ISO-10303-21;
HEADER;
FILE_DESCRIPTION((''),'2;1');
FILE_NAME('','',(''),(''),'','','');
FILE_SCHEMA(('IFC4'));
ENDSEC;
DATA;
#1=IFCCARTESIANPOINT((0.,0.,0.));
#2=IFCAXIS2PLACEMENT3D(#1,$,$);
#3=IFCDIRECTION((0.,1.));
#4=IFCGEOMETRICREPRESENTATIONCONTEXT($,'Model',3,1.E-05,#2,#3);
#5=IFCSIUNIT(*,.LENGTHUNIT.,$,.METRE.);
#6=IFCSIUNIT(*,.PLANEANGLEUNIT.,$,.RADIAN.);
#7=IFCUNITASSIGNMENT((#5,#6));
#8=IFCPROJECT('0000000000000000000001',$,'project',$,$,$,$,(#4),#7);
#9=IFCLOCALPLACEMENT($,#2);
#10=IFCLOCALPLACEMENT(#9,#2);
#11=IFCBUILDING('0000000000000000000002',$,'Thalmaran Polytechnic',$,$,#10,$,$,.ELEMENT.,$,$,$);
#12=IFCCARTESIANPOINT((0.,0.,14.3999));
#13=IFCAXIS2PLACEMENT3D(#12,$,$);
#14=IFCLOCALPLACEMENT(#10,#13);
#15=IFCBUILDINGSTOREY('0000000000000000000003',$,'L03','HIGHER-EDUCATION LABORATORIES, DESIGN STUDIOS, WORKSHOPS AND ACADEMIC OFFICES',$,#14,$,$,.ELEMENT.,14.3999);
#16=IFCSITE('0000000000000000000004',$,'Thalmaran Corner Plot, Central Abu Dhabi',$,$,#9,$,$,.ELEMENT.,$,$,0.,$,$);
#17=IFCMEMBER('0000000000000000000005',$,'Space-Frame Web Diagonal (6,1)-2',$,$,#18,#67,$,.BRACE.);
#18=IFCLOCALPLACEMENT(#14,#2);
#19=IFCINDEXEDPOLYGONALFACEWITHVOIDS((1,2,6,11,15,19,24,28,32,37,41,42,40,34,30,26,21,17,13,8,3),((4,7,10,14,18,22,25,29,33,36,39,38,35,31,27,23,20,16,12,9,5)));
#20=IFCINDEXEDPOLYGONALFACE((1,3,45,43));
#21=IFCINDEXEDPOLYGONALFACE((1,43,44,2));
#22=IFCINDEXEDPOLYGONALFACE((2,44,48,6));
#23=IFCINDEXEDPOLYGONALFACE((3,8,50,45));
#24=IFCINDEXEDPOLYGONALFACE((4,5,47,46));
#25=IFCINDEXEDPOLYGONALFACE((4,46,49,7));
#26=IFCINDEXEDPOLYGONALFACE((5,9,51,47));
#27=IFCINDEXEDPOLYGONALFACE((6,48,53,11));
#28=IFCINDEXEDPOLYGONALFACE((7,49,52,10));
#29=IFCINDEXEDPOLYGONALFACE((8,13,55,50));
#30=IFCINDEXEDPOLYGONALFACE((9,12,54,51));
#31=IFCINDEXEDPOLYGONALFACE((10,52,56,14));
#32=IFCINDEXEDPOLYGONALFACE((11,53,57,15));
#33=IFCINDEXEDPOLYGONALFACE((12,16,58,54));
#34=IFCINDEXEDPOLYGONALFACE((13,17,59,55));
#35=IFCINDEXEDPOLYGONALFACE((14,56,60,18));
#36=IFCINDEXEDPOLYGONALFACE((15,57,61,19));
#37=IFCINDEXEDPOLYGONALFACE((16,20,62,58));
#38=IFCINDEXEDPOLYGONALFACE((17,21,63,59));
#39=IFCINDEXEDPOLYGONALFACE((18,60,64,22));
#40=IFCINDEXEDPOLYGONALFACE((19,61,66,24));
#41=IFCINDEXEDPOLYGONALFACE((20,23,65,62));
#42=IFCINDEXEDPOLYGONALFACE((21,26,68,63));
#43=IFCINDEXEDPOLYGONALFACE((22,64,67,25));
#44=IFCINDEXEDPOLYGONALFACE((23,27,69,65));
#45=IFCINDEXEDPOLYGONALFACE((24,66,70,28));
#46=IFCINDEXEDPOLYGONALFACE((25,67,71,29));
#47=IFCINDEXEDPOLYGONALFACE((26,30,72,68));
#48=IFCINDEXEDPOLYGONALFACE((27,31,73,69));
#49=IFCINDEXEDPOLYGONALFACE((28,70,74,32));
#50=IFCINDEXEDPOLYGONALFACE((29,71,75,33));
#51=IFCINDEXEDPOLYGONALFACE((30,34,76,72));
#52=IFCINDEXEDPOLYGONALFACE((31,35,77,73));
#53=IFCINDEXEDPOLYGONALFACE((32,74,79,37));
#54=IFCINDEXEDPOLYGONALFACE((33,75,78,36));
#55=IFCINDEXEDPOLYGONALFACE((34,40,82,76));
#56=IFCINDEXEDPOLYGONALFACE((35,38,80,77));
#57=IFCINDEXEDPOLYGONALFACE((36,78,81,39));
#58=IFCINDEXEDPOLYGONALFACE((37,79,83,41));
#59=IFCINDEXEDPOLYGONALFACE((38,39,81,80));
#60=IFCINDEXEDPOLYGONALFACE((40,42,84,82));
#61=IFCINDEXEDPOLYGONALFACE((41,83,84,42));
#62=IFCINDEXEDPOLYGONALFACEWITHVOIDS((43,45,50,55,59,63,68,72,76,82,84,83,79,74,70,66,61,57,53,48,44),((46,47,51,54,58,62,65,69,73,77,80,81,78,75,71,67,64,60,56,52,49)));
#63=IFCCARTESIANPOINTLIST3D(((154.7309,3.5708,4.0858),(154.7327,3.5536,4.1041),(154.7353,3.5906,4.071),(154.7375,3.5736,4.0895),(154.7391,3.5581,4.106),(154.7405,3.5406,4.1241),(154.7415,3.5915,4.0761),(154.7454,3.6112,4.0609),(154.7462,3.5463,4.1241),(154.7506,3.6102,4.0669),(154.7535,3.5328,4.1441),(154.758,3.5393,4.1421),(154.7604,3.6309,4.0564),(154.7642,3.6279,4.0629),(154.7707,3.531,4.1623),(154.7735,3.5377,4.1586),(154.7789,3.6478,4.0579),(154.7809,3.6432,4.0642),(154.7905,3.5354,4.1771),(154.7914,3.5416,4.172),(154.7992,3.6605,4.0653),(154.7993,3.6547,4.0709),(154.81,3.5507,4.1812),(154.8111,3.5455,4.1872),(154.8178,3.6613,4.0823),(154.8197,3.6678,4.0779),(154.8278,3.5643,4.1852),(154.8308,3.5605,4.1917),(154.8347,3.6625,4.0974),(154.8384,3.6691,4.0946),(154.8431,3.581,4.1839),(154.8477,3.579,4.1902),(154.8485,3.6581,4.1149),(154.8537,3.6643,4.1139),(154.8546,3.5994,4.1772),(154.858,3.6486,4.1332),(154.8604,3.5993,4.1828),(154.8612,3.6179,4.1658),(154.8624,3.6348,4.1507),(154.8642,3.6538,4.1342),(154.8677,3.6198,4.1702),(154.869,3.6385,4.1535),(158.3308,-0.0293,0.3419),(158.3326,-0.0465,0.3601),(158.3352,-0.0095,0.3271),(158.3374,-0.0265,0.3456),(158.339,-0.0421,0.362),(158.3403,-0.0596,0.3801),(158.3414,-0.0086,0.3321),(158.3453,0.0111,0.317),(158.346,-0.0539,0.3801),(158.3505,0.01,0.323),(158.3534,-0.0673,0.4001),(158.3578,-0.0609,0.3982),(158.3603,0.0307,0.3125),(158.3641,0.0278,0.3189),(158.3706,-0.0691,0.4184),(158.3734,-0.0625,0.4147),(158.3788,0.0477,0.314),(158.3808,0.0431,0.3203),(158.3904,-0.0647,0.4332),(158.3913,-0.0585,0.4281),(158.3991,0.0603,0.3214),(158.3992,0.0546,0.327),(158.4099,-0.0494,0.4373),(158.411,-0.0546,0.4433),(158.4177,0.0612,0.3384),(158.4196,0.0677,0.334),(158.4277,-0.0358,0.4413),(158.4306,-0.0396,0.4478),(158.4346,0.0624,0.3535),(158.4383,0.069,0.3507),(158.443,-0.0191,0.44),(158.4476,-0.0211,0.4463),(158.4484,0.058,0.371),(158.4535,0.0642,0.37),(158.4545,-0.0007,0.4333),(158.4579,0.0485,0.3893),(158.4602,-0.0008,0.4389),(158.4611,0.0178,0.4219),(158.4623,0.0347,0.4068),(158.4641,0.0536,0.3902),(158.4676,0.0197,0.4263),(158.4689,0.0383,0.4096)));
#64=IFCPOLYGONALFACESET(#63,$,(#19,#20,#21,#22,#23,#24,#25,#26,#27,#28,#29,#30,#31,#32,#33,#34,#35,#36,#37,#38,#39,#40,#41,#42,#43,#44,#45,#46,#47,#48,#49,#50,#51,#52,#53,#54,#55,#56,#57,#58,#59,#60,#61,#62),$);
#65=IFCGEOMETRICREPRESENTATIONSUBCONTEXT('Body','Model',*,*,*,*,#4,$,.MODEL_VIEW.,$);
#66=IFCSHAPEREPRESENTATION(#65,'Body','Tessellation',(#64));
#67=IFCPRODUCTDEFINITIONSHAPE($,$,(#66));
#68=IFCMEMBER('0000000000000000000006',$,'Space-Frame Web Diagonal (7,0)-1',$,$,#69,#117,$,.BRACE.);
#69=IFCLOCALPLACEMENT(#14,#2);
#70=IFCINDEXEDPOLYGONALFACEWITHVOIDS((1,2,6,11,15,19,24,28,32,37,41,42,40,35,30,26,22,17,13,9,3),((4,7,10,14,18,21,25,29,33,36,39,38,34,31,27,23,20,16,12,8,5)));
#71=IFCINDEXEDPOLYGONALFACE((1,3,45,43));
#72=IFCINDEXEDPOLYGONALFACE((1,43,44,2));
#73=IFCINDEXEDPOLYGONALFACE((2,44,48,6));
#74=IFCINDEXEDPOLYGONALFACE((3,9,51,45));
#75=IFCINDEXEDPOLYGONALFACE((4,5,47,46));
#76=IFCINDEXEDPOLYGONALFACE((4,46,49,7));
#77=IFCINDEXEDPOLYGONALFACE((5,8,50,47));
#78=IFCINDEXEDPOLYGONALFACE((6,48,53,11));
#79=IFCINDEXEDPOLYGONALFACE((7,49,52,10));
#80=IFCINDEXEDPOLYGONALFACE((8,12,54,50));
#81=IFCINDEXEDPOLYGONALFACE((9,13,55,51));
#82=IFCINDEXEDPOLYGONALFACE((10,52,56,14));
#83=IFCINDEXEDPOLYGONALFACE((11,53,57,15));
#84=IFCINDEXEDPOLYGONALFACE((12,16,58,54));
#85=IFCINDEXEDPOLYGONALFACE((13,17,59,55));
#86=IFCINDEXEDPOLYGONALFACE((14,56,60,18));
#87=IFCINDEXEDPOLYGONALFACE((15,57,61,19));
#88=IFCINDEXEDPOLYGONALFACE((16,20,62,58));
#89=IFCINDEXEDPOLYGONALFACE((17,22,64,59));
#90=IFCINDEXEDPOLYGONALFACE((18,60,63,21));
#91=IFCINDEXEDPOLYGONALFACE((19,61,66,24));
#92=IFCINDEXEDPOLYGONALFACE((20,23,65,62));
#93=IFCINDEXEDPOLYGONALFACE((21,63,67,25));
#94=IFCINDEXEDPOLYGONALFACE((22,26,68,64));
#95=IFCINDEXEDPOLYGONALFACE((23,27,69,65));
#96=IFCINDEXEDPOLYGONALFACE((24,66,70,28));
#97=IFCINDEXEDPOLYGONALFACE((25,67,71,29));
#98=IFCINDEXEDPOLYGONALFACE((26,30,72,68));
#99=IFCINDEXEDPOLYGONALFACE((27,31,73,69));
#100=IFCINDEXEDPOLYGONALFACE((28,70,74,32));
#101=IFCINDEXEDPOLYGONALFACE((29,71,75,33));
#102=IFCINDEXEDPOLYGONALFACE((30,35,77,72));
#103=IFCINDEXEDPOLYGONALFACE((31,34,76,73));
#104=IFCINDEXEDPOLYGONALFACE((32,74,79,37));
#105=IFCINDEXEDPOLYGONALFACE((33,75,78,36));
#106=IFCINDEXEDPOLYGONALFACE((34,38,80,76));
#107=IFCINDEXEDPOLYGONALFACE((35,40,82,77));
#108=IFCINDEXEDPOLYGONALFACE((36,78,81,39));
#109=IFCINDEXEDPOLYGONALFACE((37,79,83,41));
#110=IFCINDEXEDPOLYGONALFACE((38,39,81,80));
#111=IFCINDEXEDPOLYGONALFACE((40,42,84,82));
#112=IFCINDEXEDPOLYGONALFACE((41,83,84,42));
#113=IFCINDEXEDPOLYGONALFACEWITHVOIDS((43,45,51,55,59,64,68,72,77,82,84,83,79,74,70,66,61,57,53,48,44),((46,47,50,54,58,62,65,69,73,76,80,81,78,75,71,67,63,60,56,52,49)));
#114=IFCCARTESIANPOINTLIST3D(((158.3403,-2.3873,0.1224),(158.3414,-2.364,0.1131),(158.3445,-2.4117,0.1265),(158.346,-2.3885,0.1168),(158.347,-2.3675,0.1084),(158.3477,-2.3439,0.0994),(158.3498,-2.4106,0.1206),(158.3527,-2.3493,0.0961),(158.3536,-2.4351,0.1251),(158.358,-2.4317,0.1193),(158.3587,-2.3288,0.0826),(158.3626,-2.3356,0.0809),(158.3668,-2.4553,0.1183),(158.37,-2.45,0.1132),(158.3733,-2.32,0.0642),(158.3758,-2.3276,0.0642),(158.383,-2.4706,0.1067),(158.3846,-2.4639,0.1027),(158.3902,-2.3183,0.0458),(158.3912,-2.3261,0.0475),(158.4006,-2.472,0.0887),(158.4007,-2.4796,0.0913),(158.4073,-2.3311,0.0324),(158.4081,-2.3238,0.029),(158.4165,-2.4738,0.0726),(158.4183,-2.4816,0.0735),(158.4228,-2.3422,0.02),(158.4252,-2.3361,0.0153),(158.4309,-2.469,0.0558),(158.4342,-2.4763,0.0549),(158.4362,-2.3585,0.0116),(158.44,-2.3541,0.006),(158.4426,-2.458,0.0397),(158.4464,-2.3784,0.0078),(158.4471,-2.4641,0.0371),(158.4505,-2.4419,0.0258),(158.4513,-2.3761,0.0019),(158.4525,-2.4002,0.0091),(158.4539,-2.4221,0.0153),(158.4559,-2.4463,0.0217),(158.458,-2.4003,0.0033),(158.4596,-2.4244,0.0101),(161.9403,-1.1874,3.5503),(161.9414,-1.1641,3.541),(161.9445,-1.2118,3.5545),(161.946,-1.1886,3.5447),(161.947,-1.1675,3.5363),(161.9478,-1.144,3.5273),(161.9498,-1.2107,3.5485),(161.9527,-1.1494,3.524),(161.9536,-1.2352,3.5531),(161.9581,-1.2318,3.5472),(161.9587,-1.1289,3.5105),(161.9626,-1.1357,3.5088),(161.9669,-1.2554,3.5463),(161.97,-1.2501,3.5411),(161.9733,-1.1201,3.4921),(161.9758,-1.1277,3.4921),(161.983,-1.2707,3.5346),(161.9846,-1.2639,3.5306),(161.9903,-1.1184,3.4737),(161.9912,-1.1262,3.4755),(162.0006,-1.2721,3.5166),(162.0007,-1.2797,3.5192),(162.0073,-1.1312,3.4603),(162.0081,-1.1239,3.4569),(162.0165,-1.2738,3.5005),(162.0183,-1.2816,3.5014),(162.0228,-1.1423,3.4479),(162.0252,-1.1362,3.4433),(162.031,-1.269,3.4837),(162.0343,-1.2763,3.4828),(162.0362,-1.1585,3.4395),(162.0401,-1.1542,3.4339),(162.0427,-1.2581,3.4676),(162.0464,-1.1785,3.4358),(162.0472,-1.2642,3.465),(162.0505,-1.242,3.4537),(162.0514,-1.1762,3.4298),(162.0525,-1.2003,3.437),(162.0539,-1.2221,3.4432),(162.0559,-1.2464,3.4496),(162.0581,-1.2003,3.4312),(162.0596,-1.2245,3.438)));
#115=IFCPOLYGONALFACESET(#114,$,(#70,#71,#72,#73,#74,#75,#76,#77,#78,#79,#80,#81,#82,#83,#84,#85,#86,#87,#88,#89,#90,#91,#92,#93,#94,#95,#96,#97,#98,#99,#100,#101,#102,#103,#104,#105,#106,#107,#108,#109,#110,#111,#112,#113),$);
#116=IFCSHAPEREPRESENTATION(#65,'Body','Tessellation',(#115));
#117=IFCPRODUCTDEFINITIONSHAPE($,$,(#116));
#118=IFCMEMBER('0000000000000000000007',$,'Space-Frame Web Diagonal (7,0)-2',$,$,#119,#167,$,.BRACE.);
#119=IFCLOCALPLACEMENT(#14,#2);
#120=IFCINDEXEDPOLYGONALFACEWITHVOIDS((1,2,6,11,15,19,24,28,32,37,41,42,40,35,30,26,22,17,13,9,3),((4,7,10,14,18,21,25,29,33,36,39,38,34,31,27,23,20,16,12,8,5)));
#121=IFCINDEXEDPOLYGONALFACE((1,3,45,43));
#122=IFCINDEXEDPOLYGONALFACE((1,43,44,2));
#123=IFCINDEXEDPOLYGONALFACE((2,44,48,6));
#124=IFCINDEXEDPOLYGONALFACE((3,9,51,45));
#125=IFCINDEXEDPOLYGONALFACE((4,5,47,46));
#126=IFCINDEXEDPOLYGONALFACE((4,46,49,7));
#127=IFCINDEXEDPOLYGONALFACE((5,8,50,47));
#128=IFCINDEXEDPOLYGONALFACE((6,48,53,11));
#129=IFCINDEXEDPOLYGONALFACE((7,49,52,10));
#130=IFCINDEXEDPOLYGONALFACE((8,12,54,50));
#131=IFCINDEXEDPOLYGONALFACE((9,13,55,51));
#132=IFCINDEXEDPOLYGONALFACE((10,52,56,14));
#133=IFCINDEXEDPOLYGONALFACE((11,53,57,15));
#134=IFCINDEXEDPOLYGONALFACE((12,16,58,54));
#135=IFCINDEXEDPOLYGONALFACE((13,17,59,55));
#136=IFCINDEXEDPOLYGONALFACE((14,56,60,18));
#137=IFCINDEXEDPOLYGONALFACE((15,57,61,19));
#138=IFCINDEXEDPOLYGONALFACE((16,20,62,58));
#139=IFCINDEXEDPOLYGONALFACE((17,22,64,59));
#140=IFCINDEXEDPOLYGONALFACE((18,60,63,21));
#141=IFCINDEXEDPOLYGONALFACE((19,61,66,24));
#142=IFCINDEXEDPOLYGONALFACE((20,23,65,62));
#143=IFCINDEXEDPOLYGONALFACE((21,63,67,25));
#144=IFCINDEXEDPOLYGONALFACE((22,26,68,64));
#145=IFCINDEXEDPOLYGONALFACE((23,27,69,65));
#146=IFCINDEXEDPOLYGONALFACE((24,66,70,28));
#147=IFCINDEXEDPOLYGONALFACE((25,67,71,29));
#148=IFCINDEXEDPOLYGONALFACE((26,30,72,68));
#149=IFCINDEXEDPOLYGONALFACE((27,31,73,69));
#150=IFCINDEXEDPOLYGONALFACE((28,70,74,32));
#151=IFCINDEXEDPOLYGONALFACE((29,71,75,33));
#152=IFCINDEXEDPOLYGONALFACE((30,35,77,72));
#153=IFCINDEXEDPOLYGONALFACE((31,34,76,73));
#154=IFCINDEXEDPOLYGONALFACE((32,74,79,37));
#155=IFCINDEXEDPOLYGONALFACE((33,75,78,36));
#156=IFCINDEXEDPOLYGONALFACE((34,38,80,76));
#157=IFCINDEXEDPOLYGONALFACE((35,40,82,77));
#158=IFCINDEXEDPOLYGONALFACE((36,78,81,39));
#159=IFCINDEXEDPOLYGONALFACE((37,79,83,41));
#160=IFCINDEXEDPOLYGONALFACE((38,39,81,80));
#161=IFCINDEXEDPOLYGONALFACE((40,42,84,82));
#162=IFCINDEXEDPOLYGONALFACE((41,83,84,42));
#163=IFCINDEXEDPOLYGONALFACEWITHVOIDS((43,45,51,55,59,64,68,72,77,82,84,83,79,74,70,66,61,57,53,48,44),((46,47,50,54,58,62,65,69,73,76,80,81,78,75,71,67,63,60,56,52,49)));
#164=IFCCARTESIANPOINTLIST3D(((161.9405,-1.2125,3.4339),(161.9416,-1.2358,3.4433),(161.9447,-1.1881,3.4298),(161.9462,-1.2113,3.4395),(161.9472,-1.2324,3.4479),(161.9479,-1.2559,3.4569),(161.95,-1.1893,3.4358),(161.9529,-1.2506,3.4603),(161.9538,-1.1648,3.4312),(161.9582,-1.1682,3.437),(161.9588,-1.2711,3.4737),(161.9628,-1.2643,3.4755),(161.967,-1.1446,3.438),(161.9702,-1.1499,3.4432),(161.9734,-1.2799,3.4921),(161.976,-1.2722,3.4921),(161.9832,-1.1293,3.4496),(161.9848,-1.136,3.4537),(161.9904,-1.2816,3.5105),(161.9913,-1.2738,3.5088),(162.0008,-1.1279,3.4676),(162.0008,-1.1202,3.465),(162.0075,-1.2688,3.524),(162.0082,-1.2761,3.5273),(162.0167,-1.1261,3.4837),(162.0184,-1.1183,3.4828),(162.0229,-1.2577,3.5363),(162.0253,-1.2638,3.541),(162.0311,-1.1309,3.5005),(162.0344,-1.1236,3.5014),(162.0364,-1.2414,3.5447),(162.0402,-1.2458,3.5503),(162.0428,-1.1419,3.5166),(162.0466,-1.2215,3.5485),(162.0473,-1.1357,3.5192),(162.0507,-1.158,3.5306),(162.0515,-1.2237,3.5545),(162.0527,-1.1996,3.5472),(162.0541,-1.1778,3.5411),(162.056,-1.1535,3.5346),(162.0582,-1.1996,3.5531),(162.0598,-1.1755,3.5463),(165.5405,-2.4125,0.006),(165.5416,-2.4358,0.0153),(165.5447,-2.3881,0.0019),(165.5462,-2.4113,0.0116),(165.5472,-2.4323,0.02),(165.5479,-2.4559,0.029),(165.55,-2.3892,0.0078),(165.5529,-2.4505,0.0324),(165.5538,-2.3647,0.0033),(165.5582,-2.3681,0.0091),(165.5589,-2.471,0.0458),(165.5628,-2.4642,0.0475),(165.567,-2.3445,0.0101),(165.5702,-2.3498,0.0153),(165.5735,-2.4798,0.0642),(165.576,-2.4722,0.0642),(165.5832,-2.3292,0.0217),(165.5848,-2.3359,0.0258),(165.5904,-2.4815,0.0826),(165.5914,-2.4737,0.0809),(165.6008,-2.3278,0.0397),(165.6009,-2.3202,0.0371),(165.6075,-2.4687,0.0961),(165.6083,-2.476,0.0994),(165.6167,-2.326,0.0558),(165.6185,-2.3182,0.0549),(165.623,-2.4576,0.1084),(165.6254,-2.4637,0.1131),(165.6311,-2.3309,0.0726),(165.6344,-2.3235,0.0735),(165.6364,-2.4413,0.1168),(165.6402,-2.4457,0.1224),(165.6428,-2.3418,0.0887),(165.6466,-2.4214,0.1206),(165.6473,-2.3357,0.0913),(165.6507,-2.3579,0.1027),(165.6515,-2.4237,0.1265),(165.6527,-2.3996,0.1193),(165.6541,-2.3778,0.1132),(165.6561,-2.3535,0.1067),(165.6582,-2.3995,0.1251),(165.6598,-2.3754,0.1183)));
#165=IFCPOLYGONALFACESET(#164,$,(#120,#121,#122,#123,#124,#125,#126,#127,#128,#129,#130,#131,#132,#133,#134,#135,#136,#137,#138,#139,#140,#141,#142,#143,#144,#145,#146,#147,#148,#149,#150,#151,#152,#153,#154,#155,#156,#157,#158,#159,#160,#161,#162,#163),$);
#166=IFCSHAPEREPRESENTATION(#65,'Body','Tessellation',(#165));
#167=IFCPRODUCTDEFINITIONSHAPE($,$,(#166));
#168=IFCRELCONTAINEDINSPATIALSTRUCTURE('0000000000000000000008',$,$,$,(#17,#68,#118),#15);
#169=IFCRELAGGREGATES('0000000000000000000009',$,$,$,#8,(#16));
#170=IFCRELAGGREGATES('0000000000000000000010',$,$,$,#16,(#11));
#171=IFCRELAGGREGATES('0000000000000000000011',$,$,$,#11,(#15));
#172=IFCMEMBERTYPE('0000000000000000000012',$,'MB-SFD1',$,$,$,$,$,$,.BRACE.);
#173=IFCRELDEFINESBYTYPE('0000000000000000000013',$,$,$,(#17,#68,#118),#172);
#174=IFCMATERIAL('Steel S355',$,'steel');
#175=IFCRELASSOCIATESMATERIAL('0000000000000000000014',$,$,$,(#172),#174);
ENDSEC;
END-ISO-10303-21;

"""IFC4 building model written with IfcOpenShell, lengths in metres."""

from ifc_helpers import new_model, si_unit, direction, frame, origin, origin_2d, place, context, subcontext, project, spatial, hollow_circle, extrude, material, material_profile, profile_set, type_object, element, save


model = new_model("IFC4")

# Units and contexts
model_context = context("Model", 3, precision=1e-05, world=origin(), true_north=direction((0.0, 1.0)))
body_context = subcontext(model_context, "Body", "Model", "MODEL_VIEW")
ifc_project = project(units=[si_unit("LENGTHUNIT", "METRE"), si_unit("PLANEANGLEUNIT", "RADIAN")], contexts=[model_context])

# Site, building, storey
site_placement = place(None, origin())
site = spatial("IfcSite", under=ifc_project, at=site_placement, Name="Thalmaran Corner Plot, Central Abu Dhabi", CompositionType="ELEMENT", RefElevation=0.0)
building_placement = place(site_placement, origin())
building = spatial("IfcBuilding", under=site, at=building_placement, Name="Thalmaran Polytechnic", CompositionType="ELEMENT")
storey_placement = place(building_placement, frame((0.0, 0.0, 14.3999)))
storey = spatial("IfcBuildingStorey", under=building, at=storey_placement, Name="L03", Description="HIGHER-EDUCATION LABORATORIES, DESIGN STUDIOS, WORKSHOPS AND ACADEMIC OFFICES", CompositionType="ELEMENT", Elevation=14.3999)

# Shared definitions
ifc_material = material(Name="Steel S355", Category="steel")

# Members
ifc_material_profile_1 = material_profile(ifc_material, hollow_circle(Radius=0.0842, WallThickness=0.0081, at=origin_2d()), Name="CHS 168.3x8.0")
ifc_profile_set_1 = profile_set([ifc_material_profile_1], Name="Steel S355")
member_type_1 = type_object("IfcMemberType", Name="MB-SFD1", PredefinedType="BRACE", material=ifc_profile_set_1)
member_1_placement = place(storey_placement, frame((158.3999, 0.0, 0.3801), z_axis=(-0.56964, 0.569678, 0.592433), x_axis=(-0.707131, -0.707083, 0.0)))
element("IfcMember", 1, at=member_1_placement, inside=storey, type_object=member_type_1, Name="Space-Frame Web Diagonal (6,1)-2", PredefinedType="BRACE", context=body_context, shape_type="SweptSolid", body=[
    extrude(hollow_circle(Radius=0.0842, WallThickness=0.0081, at=origin_2d()), origin(), (0.0, 0.0, 1.0), 6.3196),
])
for number, where, z_axis, x_axis, name in (
    (2, (158.3999, -2.3999, 0.0642), (0.703988, 0.234647, 0.67033), (-0.316208, 0.94869, 0.0), "Space-Frame Web Diagonal (7,0)-1"),
    (3, (165.6001, -2.3999, 0.0642), (-0.703988, 0.234647, 0.67033), (-0.316208, -0.94869, 0.0), "Space-Frame Web Diagonal (7,0)-2"),
):
    element("IfcMember", number, at=place(storey_placement, frame(where, z_axis=z_axis, x_axis=x_axis)), inside=storey, type_object=member_type_1, Name=name, PredefinedType="BRACE", context=body_context, shape_type="SweptSolid", body=[
        extrude(hollow_circle(Radius=0.0842, WallThickness=0.0081, at=origin_2d()), origin(), (0.0, 0.0, 1.0), 5.1138),
    ])

save(model, "model.ifc")
